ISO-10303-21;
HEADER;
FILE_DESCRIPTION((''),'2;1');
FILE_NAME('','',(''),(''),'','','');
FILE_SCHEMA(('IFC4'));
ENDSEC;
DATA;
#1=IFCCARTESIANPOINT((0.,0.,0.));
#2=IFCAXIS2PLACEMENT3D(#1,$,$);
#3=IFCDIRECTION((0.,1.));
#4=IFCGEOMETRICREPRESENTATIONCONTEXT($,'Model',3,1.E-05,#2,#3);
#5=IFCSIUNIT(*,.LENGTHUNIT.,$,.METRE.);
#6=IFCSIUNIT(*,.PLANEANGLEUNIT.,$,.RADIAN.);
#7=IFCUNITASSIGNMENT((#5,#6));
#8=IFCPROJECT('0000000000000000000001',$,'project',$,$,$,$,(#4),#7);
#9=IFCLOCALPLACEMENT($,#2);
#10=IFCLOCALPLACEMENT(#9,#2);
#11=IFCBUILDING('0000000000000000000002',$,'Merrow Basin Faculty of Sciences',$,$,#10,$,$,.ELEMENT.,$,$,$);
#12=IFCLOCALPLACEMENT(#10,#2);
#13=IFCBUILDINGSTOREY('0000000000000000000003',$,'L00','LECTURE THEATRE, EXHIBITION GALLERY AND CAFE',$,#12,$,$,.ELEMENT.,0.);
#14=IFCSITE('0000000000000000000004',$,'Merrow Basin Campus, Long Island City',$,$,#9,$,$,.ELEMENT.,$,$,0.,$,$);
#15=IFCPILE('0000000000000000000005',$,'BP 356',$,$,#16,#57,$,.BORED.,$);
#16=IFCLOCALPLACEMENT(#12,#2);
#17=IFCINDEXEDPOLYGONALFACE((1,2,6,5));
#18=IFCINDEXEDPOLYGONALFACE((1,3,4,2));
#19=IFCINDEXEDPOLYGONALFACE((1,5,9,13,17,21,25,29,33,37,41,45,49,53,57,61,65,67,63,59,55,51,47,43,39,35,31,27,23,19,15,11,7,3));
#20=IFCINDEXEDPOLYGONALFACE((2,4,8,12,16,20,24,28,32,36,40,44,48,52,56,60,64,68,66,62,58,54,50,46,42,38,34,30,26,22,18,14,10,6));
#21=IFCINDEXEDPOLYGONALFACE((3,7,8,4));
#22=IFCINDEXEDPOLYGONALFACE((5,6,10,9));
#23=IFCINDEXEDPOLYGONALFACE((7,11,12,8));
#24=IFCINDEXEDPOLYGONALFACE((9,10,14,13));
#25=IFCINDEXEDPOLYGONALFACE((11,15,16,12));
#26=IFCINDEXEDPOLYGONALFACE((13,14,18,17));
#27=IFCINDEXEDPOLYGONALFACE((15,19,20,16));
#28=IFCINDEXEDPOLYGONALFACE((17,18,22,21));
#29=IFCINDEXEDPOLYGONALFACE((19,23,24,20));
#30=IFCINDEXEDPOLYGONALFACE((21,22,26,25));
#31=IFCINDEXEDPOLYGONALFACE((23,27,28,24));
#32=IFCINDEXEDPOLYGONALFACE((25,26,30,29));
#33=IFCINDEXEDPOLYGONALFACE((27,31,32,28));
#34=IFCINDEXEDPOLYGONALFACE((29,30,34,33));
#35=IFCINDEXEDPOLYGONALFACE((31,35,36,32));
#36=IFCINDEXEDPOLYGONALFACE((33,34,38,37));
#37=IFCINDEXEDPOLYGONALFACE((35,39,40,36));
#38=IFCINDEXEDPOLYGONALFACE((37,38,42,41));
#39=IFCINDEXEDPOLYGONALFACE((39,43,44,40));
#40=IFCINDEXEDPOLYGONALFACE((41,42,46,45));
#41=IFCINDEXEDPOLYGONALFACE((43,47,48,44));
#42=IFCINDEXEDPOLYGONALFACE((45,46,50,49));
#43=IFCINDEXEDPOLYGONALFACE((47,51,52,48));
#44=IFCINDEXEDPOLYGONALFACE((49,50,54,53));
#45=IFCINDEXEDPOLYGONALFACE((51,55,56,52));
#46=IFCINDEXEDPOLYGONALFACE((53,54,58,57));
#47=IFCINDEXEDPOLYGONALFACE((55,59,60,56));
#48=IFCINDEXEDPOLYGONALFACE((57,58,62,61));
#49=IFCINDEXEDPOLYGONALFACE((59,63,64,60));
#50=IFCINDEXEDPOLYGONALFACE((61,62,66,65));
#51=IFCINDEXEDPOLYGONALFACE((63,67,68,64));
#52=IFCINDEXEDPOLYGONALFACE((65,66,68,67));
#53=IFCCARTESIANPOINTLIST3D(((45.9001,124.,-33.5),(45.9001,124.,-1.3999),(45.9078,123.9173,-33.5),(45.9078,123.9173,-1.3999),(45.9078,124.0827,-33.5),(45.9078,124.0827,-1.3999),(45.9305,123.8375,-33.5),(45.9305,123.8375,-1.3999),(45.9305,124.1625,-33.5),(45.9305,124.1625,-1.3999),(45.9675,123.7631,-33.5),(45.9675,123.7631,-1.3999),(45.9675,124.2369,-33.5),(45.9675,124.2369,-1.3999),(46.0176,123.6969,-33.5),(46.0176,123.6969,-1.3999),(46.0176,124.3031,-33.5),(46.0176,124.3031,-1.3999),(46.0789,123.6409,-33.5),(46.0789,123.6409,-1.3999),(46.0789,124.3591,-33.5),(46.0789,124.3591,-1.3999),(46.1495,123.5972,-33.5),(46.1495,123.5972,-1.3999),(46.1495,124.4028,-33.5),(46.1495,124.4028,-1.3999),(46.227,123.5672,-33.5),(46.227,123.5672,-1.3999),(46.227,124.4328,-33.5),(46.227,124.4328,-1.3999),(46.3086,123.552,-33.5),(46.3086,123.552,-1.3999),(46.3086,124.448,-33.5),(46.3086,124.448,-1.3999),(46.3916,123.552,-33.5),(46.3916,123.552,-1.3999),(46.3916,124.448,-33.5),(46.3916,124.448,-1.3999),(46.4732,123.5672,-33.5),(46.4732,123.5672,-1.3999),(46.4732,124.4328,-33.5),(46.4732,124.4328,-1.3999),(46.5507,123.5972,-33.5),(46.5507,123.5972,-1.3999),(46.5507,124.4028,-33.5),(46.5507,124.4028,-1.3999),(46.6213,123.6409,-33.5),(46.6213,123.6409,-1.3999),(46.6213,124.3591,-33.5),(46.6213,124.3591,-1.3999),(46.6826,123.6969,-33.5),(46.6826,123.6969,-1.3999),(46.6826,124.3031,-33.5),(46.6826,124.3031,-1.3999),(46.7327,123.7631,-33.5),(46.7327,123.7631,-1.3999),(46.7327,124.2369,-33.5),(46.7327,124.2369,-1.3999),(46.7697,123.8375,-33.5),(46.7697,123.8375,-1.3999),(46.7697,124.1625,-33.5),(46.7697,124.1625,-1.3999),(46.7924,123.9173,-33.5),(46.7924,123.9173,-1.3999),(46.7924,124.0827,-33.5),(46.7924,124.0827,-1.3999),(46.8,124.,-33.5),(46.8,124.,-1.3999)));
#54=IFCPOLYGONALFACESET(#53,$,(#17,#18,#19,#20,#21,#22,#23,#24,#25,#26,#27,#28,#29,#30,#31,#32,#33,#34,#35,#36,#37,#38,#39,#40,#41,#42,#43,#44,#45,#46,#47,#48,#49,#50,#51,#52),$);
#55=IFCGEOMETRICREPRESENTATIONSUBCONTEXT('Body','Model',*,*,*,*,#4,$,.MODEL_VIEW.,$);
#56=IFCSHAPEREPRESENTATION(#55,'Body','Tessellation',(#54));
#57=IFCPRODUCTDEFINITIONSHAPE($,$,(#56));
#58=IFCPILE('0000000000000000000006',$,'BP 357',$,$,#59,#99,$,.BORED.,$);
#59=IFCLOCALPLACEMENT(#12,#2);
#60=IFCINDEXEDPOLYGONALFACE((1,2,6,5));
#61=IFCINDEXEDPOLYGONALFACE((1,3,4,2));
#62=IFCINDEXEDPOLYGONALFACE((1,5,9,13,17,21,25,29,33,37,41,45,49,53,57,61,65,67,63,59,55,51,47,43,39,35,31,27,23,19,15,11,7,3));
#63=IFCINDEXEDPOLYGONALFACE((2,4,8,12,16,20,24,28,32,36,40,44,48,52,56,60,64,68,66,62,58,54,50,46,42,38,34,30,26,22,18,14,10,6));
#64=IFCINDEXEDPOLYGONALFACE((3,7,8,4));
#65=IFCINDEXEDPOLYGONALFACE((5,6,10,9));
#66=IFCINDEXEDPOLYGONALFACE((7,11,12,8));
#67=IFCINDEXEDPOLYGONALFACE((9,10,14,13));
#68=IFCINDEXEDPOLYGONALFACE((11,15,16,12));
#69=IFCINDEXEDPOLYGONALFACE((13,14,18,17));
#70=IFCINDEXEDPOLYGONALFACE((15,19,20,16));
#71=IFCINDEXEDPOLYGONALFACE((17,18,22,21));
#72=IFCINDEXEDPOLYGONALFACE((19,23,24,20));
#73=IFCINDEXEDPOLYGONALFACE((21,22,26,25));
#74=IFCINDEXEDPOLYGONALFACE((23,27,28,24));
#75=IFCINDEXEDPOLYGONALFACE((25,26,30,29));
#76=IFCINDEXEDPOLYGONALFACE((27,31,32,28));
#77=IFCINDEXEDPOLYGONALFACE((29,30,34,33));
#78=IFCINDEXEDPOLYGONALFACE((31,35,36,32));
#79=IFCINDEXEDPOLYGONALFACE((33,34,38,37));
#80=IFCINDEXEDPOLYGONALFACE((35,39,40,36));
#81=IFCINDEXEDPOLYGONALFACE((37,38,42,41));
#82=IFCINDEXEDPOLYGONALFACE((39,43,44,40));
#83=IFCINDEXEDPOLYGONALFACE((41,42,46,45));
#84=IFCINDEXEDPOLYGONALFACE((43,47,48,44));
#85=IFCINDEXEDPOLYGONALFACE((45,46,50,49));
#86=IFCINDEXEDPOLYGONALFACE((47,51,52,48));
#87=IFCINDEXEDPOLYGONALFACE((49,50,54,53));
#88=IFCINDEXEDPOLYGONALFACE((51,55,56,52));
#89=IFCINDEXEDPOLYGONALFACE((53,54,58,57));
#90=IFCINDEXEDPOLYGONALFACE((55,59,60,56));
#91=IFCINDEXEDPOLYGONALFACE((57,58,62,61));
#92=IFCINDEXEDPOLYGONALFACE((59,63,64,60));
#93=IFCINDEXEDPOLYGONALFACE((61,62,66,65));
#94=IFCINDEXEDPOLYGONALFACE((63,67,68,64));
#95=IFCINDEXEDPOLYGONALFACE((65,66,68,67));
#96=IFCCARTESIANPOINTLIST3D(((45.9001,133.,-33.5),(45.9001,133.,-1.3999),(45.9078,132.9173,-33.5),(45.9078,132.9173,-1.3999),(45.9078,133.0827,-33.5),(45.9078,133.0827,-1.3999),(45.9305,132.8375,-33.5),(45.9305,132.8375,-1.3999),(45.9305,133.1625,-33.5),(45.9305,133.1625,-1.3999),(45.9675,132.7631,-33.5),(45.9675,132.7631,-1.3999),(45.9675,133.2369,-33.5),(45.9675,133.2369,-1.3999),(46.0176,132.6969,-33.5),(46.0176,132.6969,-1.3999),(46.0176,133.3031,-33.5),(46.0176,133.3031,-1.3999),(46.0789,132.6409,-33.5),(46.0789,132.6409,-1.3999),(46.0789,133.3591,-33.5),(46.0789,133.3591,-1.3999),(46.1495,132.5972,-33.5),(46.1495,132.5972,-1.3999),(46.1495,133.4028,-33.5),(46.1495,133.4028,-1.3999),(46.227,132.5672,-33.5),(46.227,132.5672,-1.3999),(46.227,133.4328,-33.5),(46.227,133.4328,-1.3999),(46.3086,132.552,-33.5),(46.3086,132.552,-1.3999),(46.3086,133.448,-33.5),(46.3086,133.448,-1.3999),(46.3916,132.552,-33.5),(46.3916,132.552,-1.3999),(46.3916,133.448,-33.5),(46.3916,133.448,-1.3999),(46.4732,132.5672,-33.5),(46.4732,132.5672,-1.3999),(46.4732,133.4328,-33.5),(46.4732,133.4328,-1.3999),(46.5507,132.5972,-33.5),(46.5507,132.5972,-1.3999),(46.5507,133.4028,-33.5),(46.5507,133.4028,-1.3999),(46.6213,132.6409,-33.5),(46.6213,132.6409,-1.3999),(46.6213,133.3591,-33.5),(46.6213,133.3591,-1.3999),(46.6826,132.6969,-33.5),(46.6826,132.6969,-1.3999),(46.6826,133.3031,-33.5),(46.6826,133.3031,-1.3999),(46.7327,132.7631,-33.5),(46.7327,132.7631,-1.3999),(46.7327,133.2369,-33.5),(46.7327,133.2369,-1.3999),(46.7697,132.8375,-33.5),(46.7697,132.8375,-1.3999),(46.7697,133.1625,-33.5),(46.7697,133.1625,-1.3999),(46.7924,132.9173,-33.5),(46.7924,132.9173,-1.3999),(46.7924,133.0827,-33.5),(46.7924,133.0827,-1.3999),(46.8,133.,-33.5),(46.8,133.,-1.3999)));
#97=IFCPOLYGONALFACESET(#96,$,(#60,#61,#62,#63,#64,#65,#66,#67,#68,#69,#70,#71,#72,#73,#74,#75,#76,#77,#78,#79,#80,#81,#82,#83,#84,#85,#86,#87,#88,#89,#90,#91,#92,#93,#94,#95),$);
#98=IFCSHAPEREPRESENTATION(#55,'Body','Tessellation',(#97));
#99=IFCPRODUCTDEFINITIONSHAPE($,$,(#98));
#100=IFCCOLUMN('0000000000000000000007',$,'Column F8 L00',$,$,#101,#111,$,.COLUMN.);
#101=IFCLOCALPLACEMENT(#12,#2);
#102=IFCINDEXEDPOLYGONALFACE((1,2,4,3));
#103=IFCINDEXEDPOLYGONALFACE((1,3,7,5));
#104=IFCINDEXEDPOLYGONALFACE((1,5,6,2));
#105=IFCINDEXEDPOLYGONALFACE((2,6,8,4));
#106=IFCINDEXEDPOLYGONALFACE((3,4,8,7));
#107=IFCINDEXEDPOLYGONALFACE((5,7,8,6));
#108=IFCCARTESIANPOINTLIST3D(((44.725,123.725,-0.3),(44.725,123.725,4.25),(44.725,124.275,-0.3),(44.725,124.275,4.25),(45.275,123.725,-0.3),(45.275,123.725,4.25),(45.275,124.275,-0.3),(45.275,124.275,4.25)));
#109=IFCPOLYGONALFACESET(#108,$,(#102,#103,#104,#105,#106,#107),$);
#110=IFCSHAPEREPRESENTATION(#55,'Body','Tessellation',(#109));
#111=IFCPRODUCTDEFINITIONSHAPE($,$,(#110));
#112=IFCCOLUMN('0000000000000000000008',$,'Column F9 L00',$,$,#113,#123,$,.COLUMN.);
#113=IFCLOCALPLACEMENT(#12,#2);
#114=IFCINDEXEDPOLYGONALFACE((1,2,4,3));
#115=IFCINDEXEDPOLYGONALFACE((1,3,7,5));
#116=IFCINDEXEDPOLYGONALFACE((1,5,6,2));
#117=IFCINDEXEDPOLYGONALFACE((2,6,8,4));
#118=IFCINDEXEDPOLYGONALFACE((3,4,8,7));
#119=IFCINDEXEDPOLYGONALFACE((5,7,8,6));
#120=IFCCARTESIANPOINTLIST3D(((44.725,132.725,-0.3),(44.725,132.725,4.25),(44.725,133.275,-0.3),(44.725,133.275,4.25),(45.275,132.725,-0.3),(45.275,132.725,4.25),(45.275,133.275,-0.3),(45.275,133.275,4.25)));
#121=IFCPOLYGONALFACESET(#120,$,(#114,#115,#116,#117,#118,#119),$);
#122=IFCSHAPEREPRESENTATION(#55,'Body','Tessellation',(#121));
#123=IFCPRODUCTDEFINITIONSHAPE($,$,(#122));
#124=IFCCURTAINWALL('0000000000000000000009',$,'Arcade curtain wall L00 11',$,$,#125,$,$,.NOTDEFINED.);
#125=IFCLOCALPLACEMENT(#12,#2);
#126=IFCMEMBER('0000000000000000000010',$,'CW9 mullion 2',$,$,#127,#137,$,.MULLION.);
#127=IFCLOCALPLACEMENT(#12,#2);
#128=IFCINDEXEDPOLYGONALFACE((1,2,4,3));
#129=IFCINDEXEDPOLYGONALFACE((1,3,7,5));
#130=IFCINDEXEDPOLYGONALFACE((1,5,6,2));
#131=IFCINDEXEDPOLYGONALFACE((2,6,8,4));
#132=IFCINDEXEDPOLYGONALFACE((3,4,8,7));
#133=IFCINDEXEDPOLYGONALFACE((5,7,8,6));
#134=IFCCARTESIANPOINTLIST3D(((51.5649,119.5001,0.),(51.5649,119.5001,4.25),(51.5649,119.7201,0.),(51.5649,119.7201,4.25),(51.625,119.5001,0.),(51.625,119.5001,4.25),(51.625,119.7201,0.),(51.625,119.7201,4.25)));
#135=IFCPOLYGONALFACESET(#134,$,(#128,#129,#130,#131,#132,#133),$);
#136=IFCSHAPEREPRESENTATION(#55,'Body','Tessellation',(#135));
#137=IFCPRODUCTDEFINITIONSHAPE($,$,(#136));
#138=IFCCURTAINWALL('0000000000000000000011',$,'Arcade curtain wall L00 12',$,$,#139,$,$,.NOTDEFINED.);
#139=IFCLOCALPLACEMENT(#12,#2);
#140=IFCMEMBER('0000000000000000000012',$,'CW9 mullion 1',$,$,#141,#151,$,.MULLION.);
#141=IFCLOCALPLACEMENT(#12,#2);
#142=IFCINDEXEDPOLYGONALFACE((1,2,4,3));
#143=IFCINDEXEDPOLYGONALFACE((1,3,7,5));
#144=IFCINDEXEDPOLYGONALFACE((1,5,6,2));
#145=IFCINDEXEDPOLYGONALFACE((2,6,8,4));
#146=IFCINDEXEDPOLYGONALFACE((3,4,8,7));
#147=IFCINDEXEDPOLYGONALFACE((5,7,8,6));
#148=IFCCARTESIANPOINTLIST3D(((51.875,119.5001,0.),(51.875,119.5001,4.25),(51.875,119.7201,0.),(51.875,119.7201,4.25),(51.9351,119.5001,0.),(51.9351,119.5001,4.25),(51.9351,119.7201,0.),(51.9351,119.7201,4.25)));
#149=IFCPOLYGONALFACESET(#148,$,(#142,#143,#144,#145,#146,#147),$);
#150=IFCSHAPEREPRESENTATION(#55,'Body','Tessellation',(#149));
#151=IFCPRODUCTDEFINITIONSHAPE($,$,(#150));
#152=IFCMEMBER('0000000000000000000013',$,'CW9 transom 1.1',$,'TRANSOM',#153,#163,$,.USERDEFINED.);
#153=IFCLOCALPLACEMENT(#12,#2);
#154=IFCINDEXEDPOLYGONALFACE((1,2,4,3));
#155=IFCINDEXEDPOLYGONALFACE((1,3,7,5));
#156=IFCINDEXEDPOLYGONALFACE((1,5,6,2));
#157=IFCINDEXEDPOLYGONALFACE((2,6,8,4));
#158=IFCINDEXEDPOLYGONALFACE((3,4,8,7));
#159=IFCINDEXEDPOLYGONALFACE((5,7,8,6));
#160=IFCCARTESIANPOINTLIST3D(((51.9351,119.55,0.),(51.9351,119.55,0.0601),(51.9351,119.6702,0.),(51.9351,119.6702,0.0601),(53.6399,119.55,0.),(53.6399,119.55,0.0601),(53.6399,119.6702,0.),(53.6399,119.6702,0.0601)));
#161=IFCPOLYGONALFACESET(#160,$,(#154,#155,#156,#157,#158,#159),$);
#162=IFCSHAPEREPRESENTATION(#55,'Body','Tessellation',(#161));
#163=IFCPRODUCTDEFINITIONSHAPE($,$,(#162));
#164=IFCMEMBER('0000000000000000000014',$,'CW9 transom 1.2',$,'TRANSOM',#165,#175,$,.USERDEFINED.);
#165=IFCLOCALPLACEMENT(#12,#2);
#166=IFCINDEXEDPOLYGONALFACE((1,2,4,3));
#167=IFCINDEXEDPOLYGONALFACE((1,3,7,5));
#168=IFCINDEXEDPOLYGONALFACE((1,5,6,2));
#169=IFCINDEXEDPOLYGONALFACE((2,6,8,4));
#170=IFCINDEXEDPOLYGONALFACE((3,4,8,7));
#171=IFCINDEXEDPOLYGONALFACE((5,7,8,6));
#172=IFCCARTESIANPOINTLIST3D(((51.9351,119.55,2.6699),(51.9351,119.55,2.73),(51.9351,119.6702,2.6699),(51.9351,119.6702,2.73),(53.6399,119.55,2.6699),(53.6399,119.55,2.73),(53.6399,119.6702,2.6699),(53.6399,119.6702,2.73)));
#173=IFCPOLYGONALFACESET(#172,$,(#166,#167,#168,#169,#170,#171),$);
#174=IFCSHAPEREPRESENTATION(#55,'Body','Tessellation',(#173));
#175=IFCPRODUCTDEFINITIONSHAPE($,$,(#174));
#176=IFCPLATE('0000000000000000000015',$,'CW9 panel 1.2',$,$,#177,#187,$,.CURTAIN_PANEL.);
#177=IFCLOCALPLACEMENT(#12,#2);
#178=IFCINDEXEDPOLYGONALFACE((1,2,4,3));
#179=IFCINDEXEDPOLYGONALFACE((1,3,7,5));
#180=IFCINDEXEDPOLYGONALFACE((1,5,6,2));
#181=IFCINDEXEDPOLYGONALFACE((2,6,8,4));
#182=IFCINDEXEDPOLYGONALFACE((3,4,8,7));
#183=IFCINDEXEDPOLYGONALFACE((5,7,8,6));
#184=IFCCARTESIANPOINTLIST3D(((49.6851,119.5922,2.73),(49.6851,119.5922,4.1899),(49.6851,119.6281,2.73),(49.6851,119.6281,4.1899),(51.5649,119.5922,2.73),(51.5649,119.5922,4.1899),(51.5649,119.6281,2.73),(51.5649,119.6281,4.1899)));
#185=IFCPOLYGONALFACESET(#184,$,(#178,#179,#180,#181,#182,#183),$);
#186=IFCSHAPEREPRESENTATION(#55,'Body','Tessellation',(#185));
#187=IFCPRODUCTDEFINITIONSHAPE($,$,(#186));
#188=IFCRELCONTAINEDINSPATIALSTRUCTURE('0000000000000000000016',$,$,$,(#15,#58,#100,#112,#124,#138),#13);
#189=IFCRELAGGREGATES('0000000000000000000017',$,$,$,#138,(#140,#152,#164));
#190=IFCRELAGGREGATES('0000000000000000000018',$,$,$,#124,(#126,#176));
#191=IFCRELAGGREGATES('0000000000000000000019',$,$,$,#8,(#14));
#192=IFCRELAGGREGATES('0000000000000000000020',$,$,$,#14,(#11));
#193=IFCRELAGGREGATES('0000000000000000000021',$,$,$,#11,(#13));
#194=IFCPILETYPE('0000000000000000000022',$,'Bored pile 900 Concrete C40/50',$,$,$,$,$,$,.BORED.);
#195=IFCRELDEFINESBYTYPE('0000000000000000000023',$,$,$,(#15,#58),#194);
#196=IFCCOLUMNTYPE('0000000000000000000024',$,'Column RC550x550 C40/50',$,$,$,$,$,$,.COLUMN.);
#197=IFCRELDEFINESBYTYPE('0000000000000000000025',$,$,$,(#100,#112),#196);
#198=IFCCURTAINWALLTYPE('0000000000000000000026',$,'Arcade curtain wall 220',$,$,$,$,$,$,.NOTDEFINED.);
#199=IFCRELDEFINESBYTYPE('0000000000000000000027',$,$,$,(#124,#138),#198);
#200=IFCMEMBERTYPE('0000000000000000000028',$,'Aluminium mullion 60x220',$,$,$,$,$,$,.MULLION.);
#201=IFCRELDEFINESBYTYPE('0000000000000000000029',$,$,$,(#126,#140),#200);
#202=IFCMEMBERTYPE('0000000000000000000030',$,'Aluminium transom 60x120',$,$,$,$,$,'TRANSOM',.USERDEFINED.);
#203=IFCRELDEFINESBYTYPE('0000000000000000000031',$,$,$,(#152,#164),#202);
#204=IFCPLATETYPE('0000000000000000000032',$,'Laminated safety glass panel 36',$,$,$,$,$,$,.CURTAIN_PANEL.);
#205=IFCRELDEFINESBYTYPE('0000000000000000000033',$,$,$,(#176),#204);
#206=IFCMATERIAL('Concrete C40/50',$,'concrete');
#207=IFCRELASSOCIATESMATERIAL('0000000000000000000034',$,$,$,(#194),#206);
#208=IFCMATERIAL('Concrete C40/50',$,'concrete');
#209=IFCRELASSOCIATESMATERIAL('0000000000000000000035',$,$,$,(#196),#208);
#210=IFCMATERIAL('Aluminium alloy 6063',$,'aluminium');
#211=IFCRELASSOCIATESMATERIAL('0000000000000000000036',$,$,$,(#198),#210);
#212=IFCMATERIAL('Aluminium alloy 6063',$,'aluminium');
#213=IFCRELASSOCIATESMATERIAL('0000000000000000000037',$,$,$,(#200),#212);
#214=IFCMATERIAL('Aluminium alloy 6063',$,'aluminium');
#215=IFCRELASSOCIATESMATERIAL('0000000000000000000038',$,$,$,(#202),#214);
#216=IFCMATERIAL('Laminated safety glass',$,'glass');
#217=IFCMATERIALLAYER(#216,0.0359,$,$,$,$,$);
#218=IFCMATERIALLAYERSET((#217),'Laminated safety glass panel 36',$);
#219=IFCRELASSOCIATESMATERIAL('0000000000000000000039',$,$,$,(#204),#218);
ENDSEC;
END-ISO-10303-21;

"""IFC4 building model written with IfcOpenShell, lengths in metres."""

from ifc_helpers import new_model, si_unit, direction, frame, origin, origin_2d, place, context, subcontext, project, spatial, rectangle, circle, extrude, material, layer, layer_set, material_profile, profile_set, type_object, element, aggregate, save


model = new_model("IFC4")

# Units and contexts
model_context = context("Model", 3, precision=1e-05, world=origin(), true_north=direction((0.0, 1.0)))
body_context = subcontext(model_context, "Body", "Model", "MODEL_VIEW")
ifc_project = project(units=[si_unit("LENGTHUNIT", "METRE"), si_unit("PLANEANGLEUNIT", "RADIAN")], contexts=[model_context])

# Site, building, storey
site_placement = place(None, origin())
site = spatial("IfcSite", under=ifc_project, at=site_placement, Name="Merrow Basin Campus, Long Island City", CompositionType="ELEMENT", RefElevation=0.0)
building_placement = place(site_placement, origin())
building = spatial("IfcBuilding", under=site, at=building_placement, Name="Merrow Basin Faculty of Sciences", CompositionType="ELEMENT")
storey_placement = place(building_placement, origin())
storey = spatial("IfcBuildingStorey", under=building, at=storey_placement, Name="L00", Description="LECTURE THEATRE, EXHIBITION GALLERY AND CAFE", CompositionType="ELEMENT", Elevation=0.0)

# Piles
ifc_material_1 = material(Name="Concrete C40/50", Category="concrete")
ifc_material_profile_1 = material_profile(ifc_material_1, circle(Radius=0.45, at=origin_2d()))
ifc_profile_set_1 = profile_set([ifc_material_profile_1], Name="Concrete C40/50")
pile_type = type_object("IfcPileType", Name="Bored pile 900 Concrete C40/50", PredefinedType="BORED", material=ifc_profile_set_1)
for number, where, z_axis, x_axis, name in (
    (1, (46.3501, 124.0, -1.3999), (0.0, 0.0, -1.0), (1.0, 0.0, 0.0), "BP 356"),
    (2, (46.3501, 133.0, -1.3999), (0.0, 0.0, -1.0), (1.0, 0.0, 0.0), "BP 357"),
):
    element("IfcPile", number, at=place(storey_placement, frame(where, z_axis=z_axis, x_axis=x_axis)), inside=storey, type_object=pile_type, Name=name, PredefinedType="BORED", context=body_context, shape_type="SweptSolid", body=[
        extrude(circle(Radius=0.45, at=origin_2d()), origin(), (0.0, 0.0, 1.0), 32.1001),
    ])

# Columns
ifc_material_2 = material(Name="Concrete C40/50", Category="concrete")
ifc_material_profile_2 = material_profile(ifc_material_2, rectangle(XDim=0.55, YDim=0.55, at=origin_2d()))
ifc_profile_set_2 = profile_set([ifc_material_profile_2], Name="Concrete C40/50")
column_type = type_object("IfcColumnType", Name="Column RC550x550 C40/50", PredefinedType="COLUMN", material=ifc_profile_set_2)
for number, where, z_axis, x_axis, name in (
    (3, (45.0, 124.0, -0.3), (0.0, 0.0, 1.0), (1.0, 0.0, 0.0), "Column F8 L00"),
    (4, (45.0, 133.0, -0.3), (0.0, 0.0, 1.0), (1.0, 0.0, 0.0), "Column F9 L00"),
):
    element("IfcColumn", number, at=place(storey_placement, frame(where, z_axis=z_axis, x_axis=x_axis)), inside=storey, type_object=column_type, Name=name, PredefinedType="COLUMN", context=body_context, shape_type="SweptSolid", body=[
        extrude(rectangle(XDim=0.55, YDim=0.55, at=origin_2d()), origin(), (0.0, 0.0, 1.0), 4.55),
    ])

# Curtain wall, member
ifc_material_3 = material(Name="Aluminium alloy 6063", Category="aluminium")
curtain_wall_type = type_object("IfcCurtainWallType", Name="Arcade curtain wall 220", PredefinedType="NOTDEFINED", material=ifc_material_3)
curtain_wall_1_placement = place(storey_placement, origin())
curtain_wall_1 = element("IfcCurtainWall", 5, at=curtain_wall_1_placement, inside=storey, type_object=curtain_wall_type, Name="Arcade curtain wall L00 11", PredefinedType="NOTDEFINED")
ifc_material_4 = material(Name="Aluminium alloy 6063", Category="aluminium")
ifc_material_profile_3 = material_profile(ifc_material_4, rectangle(XDim=0.22, YDim=0.0601, at=origin_2d()))
ifc_profile_set_3 = profile_set([ifc_material_profile_3], Name="Aluminium alloy 6063")
member_type_1 = type_object("IfcMemberType", Name="Aluminium mullion 60x220", PredefinedType="MULLION", material=ifc_profile_set_3)
member_1_placement = place(storey_placement, frame((51.595, 119.6101, 0.0), z_axis=(0.0, 0.0, 1.0), x_axis=(0.0, 1.0, 0.0)))
member_1 = element("IfcMember", 6, at=member_1_placement, type_object=member_type_1, Name="CW9 mullion 2", PredefinedType="MULLION", context=body_context, shape_type="SweptSolid", body=[
    extrude(rectangle(XDim=0.22, YDim=0.0601, at=origin_2d()), origin(), (0.0, 0.0, 1.0), 4.25),
])

# Curtain wall, members
curtain_wall_2_placement = place(storey_placement, origin())
curtain_wall_2 = element("IfcCurtainWall", 7, at=curtain_wall_2_placement, inside=storey, type_object=curtain_wall_type, Name="Arcade curtain wall L00 12", PredefinedType="NOTDEFINED")
member_2_placement = place(storey_placement, frame((51.905, 119.6101, 0.0), z_axis=(0.0, 0.0, 1.0), x_axis=(0.0, 1.0, 0.0)))
member_2 = element("IfcMember", 8, at=member_2_placement, type_object=member_type_1, Name="CW9 mullion 1", PredefinedType="MULLION", context=body_context, shape_type="SweptSolid", body=[
    extrude(rectangle(XDim=0.22, YDim=0.0601, at=origin_2d()), origin(), (0.0, 0.0, 1.0), 4.25),
])
ifc_material_5 = material(Name="Aluminium alloy 6063", Category="aluminium")
ifc_material_profile_4 = material_profile(ifc_material_5, rectangle(XDim=0.1201, YDim=0.0601, at=origin_2d()))
ifc_profile_set_4 = profile_set([ifc_material_profile_4], Name="Aluminium alloy 6063")
member_type_2 = type_object("IfcMemberType", Name="Aluminium transom 60x120", ElementType="TRANSOM", PredefinedType="USERDEFINED", material=ifc_profile_set_4)
member_3_placement = place(storey_placement, frame((51.9351, 119.6101, 0.03), z_axis=(1.0, 0.0, 0.0), x_axis=(0.0, 1.0, 0.0)))
member_3 = element("IfcMember", 9, at=member_3_placement, type_object=member_type_2, Name="CW9 transom 1.1", ObjectType="TRANSOM", PredefinedType="USERDEFINED", context=body_context, shape_type="SweptSolid", body=[
    extrude(rectangle(XDim=0.1201, YDim=0.0601, at=origin_2d()), origin(), (0.0, 0.0, 1.0), 1.7048),
])
member_4_placement = place(storey_placement, frame((51.9351, 119.6101, 2.7), z_axis=(1.0, 0.0, 0.0), x_axis=(0.0, 1.0, 0.0)))
member_4 = element("IfcMember", 10, at=member_4_placement, type_object=member_type_2, Name="CW9 transom 1.2", ObjectType="TRANSOM", PredefinedType="USERDEFINED", context=body_context, shape_type="SweptSolid", body=[
    extrude(rectangle(XDim=0.1201, YDim=0.0601, at=origin_2d()), origin(), (0.0, 0.0, 1.0), 1.7048),
])
aggregate(curtain_wall_2, [member_2, member_3, member_4])

# Plate
ifc_material_6 = material(Name="Laminated safety glass", Category="glass")
ifc_layer_1 = layer(ifc_material_6, 0.0359)
ifc_layer_set_1 = layer_set([ifc_layer_1], Name="Laminated safety glass panel 36")
plate_type = type_object("IfcPlateType", Name="Laminated safety glass panel 36", PredefinedType="CURTAIN_PANEL", material=ifc_layer_set_1)
plate_placement = place(storey_placement, frame((50.625, 119.6101, 2.73), z_axis=(0.0, 0.0, 1.0), x_axis=(1.0, 0.0, 0.0)))
plate = element("IfcPlate", 11, at=plate_placement, type_object=plate_type, Name="CW9 panel 1.2", PredefinedType="CURTAIN_PANEL", context=body_context, shape_type="SweptSolid", body=[
    extrude(rectangle(XDim=1.8799, YDim=0.0359, at=origin_2d()), origin(), (0.0, 0.0, 1.0), 1.46),
])
aggregate(curtain_wall_1, [member_1, plate])

save(model, "model.ifc")
